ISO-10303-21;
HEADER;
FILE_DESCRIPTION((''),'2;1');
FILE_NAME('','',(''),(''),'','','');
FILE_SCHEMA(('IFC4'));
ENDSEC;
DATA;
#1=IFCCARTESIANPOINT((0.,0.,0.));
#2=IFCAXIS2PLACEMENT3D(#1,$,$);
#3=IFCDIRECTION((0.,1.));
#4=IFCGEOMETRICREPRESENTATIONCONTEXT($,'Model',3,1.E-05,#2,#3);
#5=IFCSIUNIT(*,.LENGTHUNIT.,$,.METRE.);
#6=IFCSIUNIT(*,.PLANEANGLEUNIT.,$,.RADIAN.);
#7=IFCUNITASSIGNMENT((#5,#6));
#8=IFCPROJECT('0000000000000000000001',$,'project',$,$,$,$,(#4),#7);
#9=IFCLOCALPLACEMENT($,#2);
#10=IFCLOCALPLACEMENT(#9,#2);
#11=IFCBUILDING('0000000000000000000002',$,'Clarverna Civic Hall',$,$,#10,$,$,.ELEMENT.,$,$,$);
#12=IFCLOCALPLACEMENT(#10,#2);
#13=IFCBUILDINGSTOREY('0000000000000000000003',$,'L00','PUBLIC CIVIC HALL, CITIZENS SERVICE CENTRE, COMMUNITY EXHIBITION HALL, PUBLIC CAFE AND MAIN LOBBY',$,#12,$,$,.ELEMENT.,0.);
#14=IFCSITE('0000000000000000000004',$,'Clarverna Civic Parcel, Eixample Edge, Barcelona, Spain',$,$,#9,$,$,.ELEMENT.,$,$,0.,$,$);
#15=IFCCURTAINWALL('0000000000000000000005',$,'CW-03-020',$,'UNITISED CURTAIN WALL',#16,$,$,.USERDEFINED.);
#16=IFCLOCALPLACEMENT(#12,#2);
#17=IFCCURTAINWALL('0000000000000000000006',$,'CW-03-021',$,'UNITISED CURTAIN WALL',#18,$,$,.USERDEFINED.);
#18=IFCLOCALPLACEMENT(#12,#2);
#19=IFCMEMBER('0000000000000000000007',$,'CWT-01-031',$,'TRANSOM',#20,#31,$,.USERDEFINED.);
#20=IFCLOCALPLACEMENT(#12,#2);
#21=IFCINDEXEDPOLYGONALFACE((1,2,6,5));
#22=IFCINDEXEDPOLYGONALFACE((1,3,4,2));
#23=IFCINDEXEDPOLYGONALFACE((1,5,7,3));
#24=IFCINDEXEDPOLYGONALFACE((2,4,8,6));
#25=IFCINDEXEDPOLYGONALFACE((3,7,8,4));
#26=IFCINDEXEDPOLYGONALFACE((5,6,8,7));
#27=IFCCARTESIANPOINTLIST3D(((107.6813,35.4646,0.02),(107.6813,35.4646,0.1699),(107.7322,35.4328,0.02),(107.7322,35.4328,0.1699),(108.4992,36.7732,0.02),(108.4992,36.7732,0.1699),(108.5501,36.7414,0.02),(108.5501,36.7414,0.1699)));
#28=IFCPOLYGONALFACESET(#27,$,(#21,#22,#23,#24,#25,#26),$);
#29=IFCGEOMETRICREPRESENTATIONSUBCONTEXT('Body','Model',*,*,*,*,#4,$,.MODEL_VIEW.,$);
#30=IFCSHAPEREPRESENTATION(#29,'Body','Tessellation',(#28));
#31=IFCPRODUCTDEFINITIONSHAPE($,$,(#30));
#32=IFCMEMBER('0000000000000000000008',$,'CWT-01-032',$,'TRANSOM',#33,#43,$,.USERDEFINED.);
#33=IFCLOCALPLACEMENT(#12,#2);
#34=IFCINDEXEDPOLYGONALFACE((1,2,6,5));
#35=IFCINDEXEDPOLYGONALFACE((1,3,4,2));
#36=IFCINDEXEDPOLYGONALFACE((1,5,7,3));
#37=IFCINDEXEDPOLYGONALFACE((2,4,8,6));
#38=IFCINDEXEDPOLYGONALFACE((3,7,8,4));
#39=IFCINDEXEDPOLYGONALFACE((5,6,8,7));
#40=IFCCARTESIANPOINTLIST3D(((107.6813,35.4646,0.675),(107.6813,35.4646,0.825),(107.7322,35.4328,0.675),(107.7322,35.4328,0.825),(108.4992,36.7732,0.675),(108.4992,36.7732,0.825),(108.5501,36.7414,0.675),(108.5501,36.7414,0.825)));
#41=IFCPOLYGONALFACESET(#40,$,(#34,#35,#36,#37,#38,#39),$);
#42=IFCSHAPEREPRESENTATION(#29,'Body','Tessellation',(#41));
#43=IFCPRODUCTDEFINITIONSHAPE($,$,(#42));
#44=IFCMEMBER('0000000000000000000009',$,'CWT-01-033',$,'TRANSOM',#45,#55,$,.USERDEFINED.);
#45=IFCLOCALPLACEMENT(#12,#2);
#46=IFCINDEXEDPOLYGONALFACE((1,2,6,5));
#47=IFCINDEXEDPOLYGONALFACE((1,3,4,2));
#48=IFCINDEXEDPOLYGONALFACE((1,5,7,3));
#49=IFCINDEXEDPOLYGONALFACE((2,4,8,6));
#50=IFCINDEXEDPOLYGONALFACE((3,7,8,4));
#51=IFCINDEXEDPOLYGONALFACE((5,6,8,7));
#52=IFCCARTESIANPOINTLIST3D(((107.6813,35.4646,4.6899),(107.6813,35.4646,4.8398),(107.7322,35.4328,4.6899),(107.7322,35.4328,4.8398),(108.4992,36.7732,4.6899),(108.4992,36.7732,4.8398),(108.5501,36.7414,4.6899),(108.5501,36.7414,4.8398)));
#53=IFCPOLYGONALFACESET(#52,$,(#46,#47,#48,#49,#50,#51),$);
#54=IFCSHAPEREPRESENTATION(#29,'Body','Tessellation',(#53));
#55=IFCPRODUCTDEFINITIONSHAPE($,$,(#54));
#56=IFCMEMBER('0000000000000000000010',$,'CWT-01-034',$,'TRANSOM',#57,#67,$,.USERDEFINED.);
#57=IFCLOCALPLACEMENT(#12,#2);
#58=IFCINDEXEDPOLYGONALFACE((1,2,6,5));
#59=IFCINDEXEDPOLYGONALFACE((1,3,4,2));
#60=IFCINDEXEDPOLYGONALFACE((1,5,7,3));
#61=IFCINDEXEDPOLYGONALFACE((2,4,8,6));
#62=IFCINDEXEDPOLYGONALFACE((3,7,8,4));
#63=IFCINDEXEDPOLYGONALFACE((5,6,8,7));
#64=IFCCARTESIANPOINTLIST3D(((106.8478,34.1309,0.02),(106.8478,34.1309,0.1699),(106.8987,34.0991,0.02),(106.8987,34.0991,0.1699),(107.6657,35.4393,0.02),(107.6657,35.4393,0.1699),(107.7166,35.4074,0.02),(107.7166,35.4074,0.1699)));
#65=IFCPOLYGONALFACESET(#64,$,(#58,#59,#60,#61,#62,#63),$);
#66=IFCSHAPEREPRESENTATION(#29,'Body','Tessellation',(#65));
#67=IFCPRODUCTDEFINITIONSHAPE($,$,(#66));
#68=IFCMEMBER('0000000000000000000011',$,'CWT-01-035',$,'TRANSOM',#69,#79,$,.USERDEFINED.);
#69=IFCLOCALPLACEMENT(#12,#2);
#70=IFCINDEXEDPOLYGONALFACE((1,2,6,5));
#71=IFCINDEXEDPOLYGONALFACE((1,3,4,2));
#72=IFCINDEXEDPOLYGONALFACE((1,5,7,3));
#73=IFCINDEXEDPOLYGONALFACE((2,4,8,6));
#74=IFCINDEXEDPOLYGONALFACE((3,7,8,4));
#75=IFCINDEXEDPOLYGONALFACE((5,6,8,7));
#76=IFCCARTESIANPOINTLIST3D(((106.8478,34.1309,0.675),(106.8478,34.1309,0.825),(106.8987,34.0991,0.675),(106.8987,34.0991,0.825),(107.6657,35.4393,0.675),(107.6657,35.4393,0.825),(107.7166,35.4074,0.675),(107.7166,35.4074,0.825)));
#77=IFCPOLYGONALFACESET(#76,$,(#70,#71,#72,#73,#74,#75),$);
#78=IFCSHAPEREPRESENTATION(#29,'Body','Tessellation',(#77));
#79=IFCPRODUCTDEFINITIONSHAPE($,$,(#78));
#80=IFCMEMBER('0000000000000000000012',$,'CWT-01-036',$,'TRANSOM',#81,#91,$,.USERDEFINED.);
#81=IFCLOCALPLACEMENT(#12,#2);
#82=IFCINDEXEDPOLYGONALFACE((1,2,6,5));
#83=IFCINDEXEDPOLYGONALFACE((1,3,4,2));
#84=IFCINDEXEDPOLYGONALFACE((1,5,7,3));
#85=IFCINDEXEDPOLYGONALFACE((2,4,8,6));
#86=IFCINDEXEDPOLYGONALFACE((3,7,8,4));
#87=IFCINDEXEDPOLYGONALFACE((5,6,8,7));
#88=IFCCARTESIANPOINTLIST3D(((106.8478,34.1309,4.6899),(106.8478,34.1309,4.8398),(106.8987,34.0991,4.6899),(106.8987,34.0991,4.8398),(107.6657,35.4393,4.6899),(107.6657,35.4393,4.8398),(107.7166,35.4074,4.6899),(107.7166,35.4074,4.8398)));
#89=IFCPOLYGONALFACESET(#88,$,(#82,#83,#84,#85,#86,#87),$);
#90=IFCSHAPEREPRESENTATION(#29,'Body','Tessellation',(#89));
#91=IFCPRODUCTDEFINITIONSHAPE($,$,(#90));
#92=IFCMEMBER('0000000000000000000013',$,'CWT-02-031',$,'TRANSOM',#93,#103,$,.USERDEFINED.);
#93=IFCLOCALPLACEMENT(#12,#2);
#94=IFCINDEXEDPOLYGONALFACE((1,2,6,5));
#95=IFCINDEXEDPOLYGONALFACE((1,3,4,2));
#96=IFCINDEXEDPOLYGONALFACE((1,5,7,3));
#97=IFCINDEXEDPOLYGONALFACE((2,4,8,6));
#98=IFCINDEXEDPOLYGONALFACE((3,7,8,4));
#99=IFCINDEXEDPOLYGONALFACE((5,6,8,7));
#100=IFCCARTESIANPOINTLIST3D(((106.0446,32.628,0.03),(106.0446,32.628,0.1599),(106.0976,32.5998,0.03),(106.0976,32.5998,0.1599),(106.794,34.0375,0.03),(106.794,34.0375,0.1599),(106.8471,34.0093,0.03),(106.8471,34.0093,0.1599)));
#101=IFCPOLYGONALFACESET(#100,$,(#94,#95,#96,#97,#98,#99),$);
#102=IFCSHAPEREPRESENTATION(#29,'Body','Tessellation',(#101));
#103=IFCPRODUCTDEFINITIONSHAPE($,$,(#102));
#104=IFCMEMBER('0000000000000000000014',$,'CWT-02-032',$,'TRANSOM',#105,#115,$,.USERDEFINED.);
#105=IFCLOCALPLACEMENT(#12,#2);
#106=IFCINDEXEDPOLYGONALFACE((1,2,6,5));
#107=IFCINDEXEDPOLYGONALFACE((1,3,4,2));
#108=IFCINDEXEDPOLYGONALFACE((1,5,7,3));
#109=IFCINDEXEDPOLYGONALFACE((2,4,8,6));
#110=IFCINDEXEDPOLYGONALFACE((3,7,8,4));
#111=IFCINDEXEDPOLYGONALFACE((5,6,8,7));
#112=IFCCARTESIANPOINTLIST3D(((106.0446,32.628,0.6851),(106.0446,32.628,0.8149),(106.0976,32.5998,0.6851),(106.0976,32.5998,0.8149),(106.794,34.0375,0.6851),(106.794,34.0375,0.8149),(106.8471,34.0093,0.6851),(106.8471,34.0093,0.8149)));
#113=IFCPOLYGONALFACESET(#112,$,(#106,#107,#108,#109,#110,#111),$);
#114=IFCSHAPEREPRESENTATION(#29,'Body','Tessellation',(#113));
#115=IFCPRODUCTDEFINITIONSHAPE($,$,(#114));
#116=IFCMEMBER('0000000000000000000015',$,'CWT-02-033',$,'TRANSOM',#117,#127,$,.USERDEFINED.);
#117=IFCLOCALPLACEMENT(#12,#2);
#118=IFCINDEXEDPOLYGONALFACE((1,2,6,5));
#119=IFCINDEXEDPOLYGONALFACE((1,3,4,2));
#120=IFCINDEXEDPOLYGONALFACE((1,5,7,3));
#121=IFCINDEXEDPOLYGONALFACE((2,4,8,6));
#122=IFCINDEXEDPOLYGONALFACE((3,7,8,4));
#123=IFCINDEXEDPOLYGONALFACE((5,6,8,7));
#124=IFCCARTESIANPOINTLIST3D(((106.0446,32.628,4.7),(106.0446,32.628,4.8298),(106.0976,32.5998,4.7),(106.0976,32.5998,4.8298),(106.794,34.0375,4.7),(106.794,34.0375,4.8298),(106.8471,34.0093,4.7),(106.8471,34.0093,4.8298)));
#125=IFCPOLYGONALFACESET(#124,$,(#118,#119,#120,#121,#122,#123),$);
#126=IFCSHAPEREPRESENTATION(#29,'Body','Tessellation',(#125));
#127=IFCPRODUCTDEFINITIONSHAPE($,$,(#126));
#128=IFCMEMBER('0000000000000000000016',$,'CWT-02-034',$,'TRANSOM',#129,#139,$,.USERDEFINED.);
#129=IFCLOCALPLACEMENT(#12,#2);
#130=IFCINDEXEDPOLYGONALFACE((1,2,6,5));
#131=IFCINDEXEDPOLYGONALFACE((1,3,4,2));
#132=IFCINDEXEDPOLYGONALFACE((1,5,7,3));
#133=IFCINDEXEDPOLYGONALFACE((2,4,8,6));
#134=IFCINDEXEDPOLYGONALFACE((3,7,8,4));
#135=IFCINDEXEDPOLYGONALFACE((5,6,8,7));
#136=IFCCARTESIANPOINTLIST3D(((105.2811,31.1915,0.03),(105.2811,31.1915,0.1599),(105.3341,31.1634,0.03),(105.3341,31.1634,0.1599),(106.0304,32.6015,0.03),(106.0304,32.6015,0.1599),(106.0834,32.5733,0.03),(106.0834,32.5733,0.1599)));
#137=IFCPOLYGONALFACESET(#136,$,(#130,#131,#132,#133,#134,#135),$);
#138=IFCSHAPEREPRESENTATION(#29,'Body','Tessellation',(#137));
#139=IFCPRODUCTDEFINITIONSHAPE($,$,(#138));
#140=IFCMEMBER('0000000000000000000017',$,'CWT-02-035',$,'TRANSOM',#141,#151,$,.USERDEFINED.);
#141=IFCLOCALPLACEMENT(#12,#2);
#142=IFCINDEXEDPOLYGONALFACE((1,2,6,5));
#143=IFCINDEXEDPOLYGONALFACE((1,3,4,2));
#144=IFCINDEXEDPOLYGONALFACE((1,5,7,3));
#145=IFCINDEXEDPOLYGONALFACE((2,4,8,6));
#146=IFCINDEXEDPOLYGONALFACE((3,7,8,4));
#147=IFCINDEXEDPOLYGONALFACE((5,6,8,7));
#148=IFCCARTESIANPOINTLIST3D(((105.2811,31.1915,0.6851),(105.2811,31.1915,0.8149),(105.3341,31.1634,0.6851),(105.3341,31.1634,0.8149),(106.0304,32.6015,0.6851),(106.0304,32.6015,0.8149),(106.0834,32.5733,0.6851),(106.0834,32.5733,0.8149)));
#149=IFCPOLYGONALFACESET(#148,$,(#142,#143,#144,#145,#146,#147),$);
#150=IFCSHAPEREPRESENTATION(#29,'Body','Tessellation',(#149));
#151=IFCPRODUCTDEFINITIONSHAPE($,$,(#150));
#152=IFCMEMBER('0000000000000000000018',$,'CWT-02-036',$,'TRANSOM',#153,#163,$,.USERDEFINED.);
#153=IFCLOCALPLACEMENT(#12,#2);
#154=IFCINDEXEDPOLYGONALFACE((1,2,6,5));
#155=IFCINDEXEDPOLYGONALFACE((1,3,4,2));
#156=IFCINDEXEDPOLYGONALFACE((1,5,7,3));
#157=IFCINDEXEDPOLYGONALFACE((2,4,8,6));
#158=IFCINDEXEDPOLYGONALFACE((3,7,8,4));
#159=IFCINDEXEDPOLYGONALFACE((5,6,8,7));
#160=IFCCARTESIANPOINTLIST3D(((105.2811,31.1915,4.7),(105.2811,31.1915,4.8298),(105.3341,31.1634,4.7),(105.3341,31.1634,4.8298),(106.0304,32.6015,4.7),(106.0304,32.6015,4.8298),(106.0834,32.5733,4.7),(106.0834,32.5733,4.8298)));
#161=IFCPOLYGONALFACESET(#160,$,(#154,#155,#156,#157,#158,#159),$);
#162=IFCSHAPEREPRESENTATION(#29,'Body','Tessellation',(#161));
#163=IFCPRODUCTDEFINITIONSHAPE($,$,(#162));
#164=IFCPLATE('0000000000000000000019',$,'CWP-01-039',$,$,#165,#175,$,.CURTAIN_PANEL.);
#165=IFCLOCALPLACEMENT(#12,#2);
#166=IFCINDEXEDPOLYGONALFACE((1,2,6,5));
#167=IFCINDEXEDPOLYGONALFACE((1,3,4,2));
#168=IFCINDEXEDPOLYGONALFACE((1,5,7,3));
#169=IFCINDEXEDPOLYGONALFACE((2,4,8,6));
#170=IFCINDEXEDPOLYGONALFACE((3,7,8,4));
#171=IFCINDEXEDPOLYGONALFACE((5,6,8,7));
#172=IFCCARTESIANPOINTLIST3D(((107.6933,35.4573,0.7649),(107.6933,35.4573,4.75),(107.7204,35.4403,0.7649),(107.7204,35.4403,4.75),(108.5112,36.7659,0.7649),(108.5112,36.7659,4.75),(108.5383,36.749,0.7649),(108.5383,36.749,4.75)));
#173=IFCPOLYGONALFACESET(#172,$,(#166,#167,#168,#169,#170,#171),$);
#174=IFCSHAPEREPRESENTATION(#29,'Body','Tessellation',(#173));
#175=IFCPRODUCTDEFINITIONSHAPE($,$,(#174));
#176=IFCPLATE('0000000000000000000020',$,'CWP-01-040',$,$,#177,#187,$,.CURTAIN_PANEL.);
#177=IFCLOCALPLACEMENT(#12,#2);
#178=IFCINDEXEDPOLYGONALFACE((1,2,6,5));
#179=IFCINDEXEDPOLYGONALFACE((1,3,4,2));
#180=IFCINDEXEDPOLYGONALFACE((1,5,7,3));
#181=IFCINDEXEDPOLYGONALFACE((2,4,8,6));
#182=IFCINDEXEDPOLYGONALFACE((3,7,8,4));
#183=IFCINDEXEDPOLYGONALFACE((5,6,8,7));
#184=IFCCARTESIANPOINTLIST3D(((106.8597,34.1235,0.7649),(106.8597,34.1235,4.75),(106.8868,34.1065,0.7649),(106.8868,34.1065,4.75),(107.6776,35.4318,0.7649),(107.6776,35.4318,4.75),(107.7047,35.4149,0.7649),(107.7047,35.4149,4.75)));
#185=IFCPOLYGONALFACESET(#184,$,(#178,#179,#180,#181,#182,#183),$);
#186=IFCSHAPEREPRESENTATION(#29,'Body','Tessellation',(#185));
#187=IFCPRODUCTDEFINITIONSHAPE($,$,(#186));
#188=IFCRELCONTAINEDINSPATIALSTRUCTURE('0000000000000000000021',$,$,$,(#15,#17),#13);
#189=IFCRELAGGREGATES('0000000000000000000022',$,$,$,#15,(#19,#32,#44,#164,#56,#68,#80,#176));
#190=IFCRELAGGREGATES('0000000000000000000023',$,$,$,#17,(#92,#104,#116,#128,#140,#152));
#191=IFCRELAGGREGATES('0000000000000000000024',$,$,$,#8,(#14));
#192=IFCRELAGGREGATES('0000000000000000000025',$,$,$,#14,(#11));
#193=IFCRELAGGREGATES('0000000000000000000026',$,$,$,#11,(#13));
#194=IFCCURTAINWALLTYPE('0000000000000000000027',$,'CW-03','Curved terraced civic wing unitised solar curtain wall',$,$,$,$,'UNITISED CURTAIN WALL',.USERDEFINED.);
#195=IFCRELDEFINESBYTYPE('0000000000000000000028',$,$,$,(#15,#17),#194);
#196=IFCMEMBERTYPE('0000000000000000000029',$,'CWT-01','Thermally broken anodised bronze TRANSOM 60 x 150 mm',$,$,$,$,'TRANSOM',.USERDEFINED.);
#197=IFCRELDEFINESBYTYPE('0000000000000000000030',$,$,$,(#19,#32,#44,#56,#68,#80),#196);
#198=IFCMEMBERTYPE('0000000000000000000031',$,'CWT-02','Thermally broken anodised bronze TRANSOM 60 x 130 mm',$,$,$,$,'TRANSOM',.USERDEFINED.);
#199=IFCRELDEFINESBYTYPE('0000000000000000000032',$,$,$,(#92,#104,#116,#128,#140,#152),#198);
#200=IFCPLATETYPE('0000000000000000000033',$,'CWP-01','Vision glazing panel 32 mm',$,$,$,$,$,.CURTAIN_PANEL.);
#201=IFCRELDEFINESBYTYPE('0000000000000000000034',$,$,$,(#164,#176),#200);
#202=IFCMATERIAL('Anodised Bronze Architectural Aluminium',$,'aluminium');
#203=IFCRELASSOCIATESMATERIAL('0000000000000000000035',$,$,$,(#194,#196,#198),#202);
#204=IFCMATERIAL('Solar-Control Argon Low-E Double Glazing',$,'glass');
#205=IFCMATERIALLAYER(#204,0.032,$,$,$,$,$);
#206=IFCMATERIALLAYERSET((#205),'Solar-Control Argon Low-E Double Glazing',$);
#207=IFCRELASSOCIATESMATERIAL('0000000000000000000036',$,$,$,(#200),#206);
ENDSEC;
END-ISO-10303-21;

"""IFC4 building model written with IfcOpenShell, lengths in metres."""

from ifc_helpers import new_model, si_unit, direction, frame, frame_2d, origin, origin_2d, place, context, subcontext, project, spatial, rectangle, extrude, material, layer, layer_set, material_profile, profile_set, type_object, element, aggregate, save


model = new_model("IFC4")

# Units and contexts
model_context = context("Model", 3, precision=1e-05, world=origin(), true_north=direction((0.0, 1.0)))
body_context = subcontext(model_context, "Body", "Model", "MODEL_VIEW")
ifc_project = project(units=[si_unit("LENGTHUNIT", "METRE"), si_unit("PLANEANGLEUNIT", "RADIAN")], contexts=[model_context])

# Site, building, storey
site_placement = place(None, origin())
site = spatial("IfcSite", under=ifc_project, at=site_placement, Name="Clarverna Civic Parcel, Eixample Edge, Barcelona, Spain", CompositionType="ELEMENT", RefElevation=0.0)
building_placement = place(site_placement, origin())
building = spatial("IfcBuilding", under=site, at=building_placement, Name="Clarverna Civic Hall", CompositionType="ELEMENT")
storey_placement = place(building_placement, origin())
storey = spatial("IfcBuildingStorey", under=building, at=storey_placement, Name="L00", Description="PUBLIC CIVIC HALL, CITIZENS SERVICE CENTRE, COMMUNITY EXHIBITION HALL, PUBLIC CAFE AND MAIN LOBBY", CompositionType="ELEMENT", Elevation=0.0)

# Curtain walls
ifc_material_1 = material(Name="Anodised Bronze Architectural Aluminium", Category="aluminium")
curtain_wall_type = type_object("IfcCurtainWallType", Name="CW-03", Description="Curved terraced civic wing unitised solar curtain wall", ElementType="UNITISED CURTAIN WALL", PredefinedType="USERDEFINED", material=ifc_material_1)
curtain_wall_1_placement = place(storey_placement, origin())
curtain_wall_1 = element("IfcCurtainWall", 1, at=curtain_wall_1_placement, inside=storey, type_object=curtain_wall_type, Name="CW-03-020", ObjectType="UNITISED CURTAIN WALL", PredefinedType="USERDEFINED")
curtain_wall_2_placement = place(storey_placement, origin())
curtain_wall_2 = element("IfcCurtainWall", 2, at=curtain_wall_2_placement, inside=storey, type_object=curtain_wall_type, Name="CW-03-021", ObjectType="UNITISED CURTAIN WALL", PredefinedType="USERDEFINED")

# Members
ifc_material_profile_1 = material_profile(ifc_material_1, rectangle(XDim=0.0601, YDim=0.1499, at=origin_2d()), Name="BRONZE 60x150")
ifc_profile_set_1 = profile_set([ifc_material_profile_1], Name="Anodised Bronze Architectural Aluminium")
member_type_1 = type_object("IfcMemberType", Name="CWT-01", Description="Thermally broken anodised bronze TRANSOM 60 x 150 mm", ElementType="TRANSOM", PredefinedType="USERDEFINED", material=ifc_profile_set_1)
member_1_placement = place(storey_placement, frame((108.5247, 36.7573, 0.095), z_axis=(-0.529999, -0.847998, 0.0), x_axis=(0.847998, -0.529999, 0.0)))
member_1 = element("IfcMember", 3, at=member_1_placement, type_object=member_type_1, Name="CWT-01-031", ObjectType="TRANSOM", PredefinedType="USERDEFINED", context=body_context, shape_type="SweptSolid", body=[
    extrude(rectangle(XDim=0.0601, YDim=0.1499, at=origin_2d()), origin(), (0.0, 0.0, 1.0), 1.5432),
])
member_2_placement = place(storey_placement, frame((108.5247, 36.7573, 0.75), z_axis=(-0.529999, -0.847998, 0.0), x_axis=(0.847998, -0.529999, 0.0)))
member_2 = element("IfcMember", 4, at=member_2_placement, type_object=member_type_1, Name="CWT-01-032", ObjectType="TRANSOM", PredefinedType="USERDEFINED", context=body_context, shape_type="SweptSolid", body=[
    extrude(rectangle(XDim=0.0601, YDim=0.1499, at=origin_2d()), origin(), (0.0, 0.0, 1.0), 1.5432),
])
member_3_placement = place(storey_placement, frame((108.5247, 36.7573, 4.7649), z_axis=(-0.529999, -0.847998, 0.0), x_axis=(0.847998, -0.529999, 0.0)))
member_3 = element("IfcMember", 5, at=member_3_placement, type_object=member_type_1, Name="CWT-01-033", ObjectType="TRANSOM", PredefinedType="USERDEFINED", context=body_context, shape_type="SweptSolid", body=[
    extrude(rectangle(XDim=0.0601, YDim=0.1499, at=origin_2d()), origin(), (0.0, 0.0, 1.0), 1.5432),
])
member_4_placement = place(storey_placement, frame((107.6912, 35.4233, 0.095), z_axis=(-0.53007, -0.847954, 0.0), x_axis=(0.847954, -0.53007, 0.0)))
member_4 = element("IfcMember", 6, at=member_4_placement, type_object=member_type_1, Name="CWT-01-034", ObjectType="TRANSOM", PredefinedType="USERDEFINED", context=body_context, shape_type="SweptSolid", body=[
    extrude(rectangle(XDim=0.0601, YDim=0.1499, at=origin_2d()), origin(), (0.0, 0.0, 1.0), 1.543),
])
member_5_placement = place(storey_placement, frame((107.6912, 35.4233, 0.75), z_axis=(-0.53007, -0.847954, 0.0), x_axis=(0.847954, -0.53007, 0.0)))
member_5 = element("IfcMember", 7, at=member_5_placement, type_object=member_type_1, Name="CWT-01-035", ObjectType="TRANSOM", PredefinedType="USERDEFINED", context=body_context, shape_type="SweptSolid", body=[
    extrude(rectangle(XDim=0.0601, YDim=0.1499, at=origin_2d()), origin(), (0.0, 0.0, 1.0), 1.543),
])
member_6_placement = place(storey_placement, frame((107.6912, 35.4233, 4.7649), z_axis=(-0.53007, -0.847954, 0.0), x_axis=(0.847954, -0.53007, 0.0)))
member_6 = element("IfcMember", 8, at=member_6_placement, type_object=member_type_1, Name="CWT-01-036", ObjectType="TRANSOM", PredefinedType="USERDEFINED", context=body_context, shape_type="SweptSolid", body=[
    extrude(rectangle(XDim=0.0601, YDim=0.1499, at=origin_2d()), origin(), (0.0, 0.0, 1.0), 1.543),
])
ifc_material_profile_2 = material_profile(ifc_material_1, rectangle(XDim=0.0601, YDim=0.1299, at=origin_2d()), Name="BRONZE 60x130")
ifc_profile_set_2 = profile_set([ifc_material_profile_2], Name="Anodised Bronze Architectural Aluminium")
member_type_2 = type_object("IfcMemberType", Name="CWT-02", Description="Thermally broken anodised bronze TRANSOM 60 x 130 mm", ElementType="TRANSOM", PredefinedType="USERDEFINED", material=ifc_profile_set_2)
member_7_placement = place(storey_placement, frame((106.8206, 34.0234, 0.095), z_axis=(-0.469461, -0.882953, 0.0), x_axis=(0.882953, -0.469461, 0.0)))
member_7 = element("IfcMember", 9, at=member_7_placement, type_object=member_type_2, Name="CWT-02-031", ObjectType="TRANSOM", PredefinedType="USERDEFINED", context=body_context, shape_type="SweptSolid", body=[
    extrude(rectangle(XDim=0.0601, YDim=0.1299, at=origin_2d()), origin(), (0.0, 0.0, 1.0), 1.5964),
])
member_8_placement = place(storey_placement, frame((106.8206, 34.0234, 0.75), z_axis=(-0.469461, -0.882953, 0.0), x_axis=(0.882953, -0.469461, 0.0)))
member_8 = element("IfcMember", 10, at=member_8_placement, type_object=member_type_2, Name="CWT-02-032", ObjectType="TRANSOM", PredefinedType="USERDEFINED", context=body_context, shape_type="SweptSolid", body=[
    extrude(rectangle(XDim=0.0601, YDim=0.1299, at=origin_2d()), origin(), (0.0, 0.0, 1.0), 1.5964),
])
member_9_placement = place(storey_placement, frame((106.8206, 34.0234, 4.7649), z_axis=(-0.469461, -0.882953, 0.0), x_axis=(0.882953, -0.469461, 0.0)))
member_9 = element("IfcMember", 11, at=member_9_placement, type_object=member_type_2, Name="CWT-02-033", ObjectType="TRANSOM", PredefinedType="USERDEFINED", context=body_context, shape_type="SweptSolid", body=[
    extrude(rectangle(XDim=0.0601, YDim=0.1299, at=origin_2d()), origin(), (0.0, 0.0, 1.0), 1.5964),
])
member_10_placement = place(storey_placement, frame((106.0569, 32.5874, 0.095), z_axis=(-0.469278, -0.88305, 0.0), x_axis=(0.88305, -0.469278, 0.0)))
member_10 = element("IfcMember", 12, at=member_10_placement, type_object=member_type_2, Name="CWT-02-034", ObjectType="TRANSOM", PredefinedType="USERDEFINED", context=body_context, shape_type="SweptSolid", body=[
    extrude(rectangle(XDim=0.0601, YDim=0.1299, at=origin_2d()), origin(), (0.0, 0.0, 1.0), 1.5967),
])
member_11_placement = place(storey_placement, frame((106.0569, 32.5874, 0.75), z_axis=(-0.469278, -0.88305, 0.0), x_axis=(0.88305, -0.469278, 0.0)))
member_11 = element("IfcMember", 13, at=member_11_placement, type_object=member_type_2, Name="CWT-02-035", ObjectType="TRANSOM", PredefinedType="USERDEFINED", context=body_context, shape_type="SweptSolid", body=[
    extrude(rectangle(XDim=0.0601, YDim=0.1299, at=origin_2d()), origin(), (0.0, 0.0, 1.0), 1.5967),
])
member_12_placement = place(storey_placement, frame((106.0569, 32.5874, 4.7649), z_axis=(-0.469278, -0.88305, 0.0), x_axis=(0.88305, -0.469278, 0.0)))
member_12 = element("IfcMember", 14, at=member_12_placement, type_object=member_type_2, Name="CWT-02-036", ObjectType="TRANSOM", PredefinedType="USERDEFINED", context=body_context, shape_type="SweptSolid", body=[
    extrude(rectangle(XDim=0.0601, YDim=0.1299, at=origin_2d()), origin(), (0.0, 0.0, 1.0), 1.5967),
])

# Plates
ifc_material_2 = material(Name="Solar-Control Argon Low-E Double Glazing", Category="glass")
ifc_layer_1 = layer(ifc_material_2, 0.032)
ifc_layer_set_1 = layer_set([ifc_layer_1], Name="Solar-Control Argon Low-E Double Glazing")
plate_type_1 = type_object("IfcPlateType", Name="CWP-01", Description="Vision glazing panel 32 mm", PredefinedType="CURTAIN_PANEL", material=ifc_layer_set_1)
plate_1_placement = place(storey_placement, frame((108.5247, 36.7573, 0.7649), z_axis=(0.0, 0.0, 1.0), x_axis=(-0.529999, -0.847998, 0.0)))
plate_1 = element("IfcPlate", 15, at=plate_1_placement, type_object=plate_type_1, Name="CWP-01-039", PredefinedType="CURTAIN_PANEL", context=body_context, shape_type="SweptSolid", body=[
    extrude(rectangle(XDim=1.5432, YDim=0.032, at=frame_2d((0.7715, 0.0))), origin(), (0.0, 0.0, 1.0), 3.9851),
])
plate_2_placement = place(storey_placement, frame((107.6912, 35.4233, 0.7649), z_axis=(0.0, 0.0, 1.0), x_axis=(-0.53007, -0.847954, 0.0)))
plate_2 = element("IfcPlate", 16, at=plate_2_placement, type_object=plate_type_1, Name="CWP-01-040", PredefinedType="CURTAIN_PANEL", context=body_context, shape_type="SweptSolid", body=[
    extrude(rectangle(XDim=1.543, YDim=0.032, at=frame_2d((0.7715, 0.0))), origin(), (0.0, 0.0, 1.0), 3.9851),
])
aggregate(curtain_wall_1, [member_1, member_2, member_3, plate_1, member_4, member_5, member_6, plate_2])
aggregate(curtain_wall_2, [member_7, member_8, member_9, member_10, member_11, member_12])

save(model, "model.ifc")
